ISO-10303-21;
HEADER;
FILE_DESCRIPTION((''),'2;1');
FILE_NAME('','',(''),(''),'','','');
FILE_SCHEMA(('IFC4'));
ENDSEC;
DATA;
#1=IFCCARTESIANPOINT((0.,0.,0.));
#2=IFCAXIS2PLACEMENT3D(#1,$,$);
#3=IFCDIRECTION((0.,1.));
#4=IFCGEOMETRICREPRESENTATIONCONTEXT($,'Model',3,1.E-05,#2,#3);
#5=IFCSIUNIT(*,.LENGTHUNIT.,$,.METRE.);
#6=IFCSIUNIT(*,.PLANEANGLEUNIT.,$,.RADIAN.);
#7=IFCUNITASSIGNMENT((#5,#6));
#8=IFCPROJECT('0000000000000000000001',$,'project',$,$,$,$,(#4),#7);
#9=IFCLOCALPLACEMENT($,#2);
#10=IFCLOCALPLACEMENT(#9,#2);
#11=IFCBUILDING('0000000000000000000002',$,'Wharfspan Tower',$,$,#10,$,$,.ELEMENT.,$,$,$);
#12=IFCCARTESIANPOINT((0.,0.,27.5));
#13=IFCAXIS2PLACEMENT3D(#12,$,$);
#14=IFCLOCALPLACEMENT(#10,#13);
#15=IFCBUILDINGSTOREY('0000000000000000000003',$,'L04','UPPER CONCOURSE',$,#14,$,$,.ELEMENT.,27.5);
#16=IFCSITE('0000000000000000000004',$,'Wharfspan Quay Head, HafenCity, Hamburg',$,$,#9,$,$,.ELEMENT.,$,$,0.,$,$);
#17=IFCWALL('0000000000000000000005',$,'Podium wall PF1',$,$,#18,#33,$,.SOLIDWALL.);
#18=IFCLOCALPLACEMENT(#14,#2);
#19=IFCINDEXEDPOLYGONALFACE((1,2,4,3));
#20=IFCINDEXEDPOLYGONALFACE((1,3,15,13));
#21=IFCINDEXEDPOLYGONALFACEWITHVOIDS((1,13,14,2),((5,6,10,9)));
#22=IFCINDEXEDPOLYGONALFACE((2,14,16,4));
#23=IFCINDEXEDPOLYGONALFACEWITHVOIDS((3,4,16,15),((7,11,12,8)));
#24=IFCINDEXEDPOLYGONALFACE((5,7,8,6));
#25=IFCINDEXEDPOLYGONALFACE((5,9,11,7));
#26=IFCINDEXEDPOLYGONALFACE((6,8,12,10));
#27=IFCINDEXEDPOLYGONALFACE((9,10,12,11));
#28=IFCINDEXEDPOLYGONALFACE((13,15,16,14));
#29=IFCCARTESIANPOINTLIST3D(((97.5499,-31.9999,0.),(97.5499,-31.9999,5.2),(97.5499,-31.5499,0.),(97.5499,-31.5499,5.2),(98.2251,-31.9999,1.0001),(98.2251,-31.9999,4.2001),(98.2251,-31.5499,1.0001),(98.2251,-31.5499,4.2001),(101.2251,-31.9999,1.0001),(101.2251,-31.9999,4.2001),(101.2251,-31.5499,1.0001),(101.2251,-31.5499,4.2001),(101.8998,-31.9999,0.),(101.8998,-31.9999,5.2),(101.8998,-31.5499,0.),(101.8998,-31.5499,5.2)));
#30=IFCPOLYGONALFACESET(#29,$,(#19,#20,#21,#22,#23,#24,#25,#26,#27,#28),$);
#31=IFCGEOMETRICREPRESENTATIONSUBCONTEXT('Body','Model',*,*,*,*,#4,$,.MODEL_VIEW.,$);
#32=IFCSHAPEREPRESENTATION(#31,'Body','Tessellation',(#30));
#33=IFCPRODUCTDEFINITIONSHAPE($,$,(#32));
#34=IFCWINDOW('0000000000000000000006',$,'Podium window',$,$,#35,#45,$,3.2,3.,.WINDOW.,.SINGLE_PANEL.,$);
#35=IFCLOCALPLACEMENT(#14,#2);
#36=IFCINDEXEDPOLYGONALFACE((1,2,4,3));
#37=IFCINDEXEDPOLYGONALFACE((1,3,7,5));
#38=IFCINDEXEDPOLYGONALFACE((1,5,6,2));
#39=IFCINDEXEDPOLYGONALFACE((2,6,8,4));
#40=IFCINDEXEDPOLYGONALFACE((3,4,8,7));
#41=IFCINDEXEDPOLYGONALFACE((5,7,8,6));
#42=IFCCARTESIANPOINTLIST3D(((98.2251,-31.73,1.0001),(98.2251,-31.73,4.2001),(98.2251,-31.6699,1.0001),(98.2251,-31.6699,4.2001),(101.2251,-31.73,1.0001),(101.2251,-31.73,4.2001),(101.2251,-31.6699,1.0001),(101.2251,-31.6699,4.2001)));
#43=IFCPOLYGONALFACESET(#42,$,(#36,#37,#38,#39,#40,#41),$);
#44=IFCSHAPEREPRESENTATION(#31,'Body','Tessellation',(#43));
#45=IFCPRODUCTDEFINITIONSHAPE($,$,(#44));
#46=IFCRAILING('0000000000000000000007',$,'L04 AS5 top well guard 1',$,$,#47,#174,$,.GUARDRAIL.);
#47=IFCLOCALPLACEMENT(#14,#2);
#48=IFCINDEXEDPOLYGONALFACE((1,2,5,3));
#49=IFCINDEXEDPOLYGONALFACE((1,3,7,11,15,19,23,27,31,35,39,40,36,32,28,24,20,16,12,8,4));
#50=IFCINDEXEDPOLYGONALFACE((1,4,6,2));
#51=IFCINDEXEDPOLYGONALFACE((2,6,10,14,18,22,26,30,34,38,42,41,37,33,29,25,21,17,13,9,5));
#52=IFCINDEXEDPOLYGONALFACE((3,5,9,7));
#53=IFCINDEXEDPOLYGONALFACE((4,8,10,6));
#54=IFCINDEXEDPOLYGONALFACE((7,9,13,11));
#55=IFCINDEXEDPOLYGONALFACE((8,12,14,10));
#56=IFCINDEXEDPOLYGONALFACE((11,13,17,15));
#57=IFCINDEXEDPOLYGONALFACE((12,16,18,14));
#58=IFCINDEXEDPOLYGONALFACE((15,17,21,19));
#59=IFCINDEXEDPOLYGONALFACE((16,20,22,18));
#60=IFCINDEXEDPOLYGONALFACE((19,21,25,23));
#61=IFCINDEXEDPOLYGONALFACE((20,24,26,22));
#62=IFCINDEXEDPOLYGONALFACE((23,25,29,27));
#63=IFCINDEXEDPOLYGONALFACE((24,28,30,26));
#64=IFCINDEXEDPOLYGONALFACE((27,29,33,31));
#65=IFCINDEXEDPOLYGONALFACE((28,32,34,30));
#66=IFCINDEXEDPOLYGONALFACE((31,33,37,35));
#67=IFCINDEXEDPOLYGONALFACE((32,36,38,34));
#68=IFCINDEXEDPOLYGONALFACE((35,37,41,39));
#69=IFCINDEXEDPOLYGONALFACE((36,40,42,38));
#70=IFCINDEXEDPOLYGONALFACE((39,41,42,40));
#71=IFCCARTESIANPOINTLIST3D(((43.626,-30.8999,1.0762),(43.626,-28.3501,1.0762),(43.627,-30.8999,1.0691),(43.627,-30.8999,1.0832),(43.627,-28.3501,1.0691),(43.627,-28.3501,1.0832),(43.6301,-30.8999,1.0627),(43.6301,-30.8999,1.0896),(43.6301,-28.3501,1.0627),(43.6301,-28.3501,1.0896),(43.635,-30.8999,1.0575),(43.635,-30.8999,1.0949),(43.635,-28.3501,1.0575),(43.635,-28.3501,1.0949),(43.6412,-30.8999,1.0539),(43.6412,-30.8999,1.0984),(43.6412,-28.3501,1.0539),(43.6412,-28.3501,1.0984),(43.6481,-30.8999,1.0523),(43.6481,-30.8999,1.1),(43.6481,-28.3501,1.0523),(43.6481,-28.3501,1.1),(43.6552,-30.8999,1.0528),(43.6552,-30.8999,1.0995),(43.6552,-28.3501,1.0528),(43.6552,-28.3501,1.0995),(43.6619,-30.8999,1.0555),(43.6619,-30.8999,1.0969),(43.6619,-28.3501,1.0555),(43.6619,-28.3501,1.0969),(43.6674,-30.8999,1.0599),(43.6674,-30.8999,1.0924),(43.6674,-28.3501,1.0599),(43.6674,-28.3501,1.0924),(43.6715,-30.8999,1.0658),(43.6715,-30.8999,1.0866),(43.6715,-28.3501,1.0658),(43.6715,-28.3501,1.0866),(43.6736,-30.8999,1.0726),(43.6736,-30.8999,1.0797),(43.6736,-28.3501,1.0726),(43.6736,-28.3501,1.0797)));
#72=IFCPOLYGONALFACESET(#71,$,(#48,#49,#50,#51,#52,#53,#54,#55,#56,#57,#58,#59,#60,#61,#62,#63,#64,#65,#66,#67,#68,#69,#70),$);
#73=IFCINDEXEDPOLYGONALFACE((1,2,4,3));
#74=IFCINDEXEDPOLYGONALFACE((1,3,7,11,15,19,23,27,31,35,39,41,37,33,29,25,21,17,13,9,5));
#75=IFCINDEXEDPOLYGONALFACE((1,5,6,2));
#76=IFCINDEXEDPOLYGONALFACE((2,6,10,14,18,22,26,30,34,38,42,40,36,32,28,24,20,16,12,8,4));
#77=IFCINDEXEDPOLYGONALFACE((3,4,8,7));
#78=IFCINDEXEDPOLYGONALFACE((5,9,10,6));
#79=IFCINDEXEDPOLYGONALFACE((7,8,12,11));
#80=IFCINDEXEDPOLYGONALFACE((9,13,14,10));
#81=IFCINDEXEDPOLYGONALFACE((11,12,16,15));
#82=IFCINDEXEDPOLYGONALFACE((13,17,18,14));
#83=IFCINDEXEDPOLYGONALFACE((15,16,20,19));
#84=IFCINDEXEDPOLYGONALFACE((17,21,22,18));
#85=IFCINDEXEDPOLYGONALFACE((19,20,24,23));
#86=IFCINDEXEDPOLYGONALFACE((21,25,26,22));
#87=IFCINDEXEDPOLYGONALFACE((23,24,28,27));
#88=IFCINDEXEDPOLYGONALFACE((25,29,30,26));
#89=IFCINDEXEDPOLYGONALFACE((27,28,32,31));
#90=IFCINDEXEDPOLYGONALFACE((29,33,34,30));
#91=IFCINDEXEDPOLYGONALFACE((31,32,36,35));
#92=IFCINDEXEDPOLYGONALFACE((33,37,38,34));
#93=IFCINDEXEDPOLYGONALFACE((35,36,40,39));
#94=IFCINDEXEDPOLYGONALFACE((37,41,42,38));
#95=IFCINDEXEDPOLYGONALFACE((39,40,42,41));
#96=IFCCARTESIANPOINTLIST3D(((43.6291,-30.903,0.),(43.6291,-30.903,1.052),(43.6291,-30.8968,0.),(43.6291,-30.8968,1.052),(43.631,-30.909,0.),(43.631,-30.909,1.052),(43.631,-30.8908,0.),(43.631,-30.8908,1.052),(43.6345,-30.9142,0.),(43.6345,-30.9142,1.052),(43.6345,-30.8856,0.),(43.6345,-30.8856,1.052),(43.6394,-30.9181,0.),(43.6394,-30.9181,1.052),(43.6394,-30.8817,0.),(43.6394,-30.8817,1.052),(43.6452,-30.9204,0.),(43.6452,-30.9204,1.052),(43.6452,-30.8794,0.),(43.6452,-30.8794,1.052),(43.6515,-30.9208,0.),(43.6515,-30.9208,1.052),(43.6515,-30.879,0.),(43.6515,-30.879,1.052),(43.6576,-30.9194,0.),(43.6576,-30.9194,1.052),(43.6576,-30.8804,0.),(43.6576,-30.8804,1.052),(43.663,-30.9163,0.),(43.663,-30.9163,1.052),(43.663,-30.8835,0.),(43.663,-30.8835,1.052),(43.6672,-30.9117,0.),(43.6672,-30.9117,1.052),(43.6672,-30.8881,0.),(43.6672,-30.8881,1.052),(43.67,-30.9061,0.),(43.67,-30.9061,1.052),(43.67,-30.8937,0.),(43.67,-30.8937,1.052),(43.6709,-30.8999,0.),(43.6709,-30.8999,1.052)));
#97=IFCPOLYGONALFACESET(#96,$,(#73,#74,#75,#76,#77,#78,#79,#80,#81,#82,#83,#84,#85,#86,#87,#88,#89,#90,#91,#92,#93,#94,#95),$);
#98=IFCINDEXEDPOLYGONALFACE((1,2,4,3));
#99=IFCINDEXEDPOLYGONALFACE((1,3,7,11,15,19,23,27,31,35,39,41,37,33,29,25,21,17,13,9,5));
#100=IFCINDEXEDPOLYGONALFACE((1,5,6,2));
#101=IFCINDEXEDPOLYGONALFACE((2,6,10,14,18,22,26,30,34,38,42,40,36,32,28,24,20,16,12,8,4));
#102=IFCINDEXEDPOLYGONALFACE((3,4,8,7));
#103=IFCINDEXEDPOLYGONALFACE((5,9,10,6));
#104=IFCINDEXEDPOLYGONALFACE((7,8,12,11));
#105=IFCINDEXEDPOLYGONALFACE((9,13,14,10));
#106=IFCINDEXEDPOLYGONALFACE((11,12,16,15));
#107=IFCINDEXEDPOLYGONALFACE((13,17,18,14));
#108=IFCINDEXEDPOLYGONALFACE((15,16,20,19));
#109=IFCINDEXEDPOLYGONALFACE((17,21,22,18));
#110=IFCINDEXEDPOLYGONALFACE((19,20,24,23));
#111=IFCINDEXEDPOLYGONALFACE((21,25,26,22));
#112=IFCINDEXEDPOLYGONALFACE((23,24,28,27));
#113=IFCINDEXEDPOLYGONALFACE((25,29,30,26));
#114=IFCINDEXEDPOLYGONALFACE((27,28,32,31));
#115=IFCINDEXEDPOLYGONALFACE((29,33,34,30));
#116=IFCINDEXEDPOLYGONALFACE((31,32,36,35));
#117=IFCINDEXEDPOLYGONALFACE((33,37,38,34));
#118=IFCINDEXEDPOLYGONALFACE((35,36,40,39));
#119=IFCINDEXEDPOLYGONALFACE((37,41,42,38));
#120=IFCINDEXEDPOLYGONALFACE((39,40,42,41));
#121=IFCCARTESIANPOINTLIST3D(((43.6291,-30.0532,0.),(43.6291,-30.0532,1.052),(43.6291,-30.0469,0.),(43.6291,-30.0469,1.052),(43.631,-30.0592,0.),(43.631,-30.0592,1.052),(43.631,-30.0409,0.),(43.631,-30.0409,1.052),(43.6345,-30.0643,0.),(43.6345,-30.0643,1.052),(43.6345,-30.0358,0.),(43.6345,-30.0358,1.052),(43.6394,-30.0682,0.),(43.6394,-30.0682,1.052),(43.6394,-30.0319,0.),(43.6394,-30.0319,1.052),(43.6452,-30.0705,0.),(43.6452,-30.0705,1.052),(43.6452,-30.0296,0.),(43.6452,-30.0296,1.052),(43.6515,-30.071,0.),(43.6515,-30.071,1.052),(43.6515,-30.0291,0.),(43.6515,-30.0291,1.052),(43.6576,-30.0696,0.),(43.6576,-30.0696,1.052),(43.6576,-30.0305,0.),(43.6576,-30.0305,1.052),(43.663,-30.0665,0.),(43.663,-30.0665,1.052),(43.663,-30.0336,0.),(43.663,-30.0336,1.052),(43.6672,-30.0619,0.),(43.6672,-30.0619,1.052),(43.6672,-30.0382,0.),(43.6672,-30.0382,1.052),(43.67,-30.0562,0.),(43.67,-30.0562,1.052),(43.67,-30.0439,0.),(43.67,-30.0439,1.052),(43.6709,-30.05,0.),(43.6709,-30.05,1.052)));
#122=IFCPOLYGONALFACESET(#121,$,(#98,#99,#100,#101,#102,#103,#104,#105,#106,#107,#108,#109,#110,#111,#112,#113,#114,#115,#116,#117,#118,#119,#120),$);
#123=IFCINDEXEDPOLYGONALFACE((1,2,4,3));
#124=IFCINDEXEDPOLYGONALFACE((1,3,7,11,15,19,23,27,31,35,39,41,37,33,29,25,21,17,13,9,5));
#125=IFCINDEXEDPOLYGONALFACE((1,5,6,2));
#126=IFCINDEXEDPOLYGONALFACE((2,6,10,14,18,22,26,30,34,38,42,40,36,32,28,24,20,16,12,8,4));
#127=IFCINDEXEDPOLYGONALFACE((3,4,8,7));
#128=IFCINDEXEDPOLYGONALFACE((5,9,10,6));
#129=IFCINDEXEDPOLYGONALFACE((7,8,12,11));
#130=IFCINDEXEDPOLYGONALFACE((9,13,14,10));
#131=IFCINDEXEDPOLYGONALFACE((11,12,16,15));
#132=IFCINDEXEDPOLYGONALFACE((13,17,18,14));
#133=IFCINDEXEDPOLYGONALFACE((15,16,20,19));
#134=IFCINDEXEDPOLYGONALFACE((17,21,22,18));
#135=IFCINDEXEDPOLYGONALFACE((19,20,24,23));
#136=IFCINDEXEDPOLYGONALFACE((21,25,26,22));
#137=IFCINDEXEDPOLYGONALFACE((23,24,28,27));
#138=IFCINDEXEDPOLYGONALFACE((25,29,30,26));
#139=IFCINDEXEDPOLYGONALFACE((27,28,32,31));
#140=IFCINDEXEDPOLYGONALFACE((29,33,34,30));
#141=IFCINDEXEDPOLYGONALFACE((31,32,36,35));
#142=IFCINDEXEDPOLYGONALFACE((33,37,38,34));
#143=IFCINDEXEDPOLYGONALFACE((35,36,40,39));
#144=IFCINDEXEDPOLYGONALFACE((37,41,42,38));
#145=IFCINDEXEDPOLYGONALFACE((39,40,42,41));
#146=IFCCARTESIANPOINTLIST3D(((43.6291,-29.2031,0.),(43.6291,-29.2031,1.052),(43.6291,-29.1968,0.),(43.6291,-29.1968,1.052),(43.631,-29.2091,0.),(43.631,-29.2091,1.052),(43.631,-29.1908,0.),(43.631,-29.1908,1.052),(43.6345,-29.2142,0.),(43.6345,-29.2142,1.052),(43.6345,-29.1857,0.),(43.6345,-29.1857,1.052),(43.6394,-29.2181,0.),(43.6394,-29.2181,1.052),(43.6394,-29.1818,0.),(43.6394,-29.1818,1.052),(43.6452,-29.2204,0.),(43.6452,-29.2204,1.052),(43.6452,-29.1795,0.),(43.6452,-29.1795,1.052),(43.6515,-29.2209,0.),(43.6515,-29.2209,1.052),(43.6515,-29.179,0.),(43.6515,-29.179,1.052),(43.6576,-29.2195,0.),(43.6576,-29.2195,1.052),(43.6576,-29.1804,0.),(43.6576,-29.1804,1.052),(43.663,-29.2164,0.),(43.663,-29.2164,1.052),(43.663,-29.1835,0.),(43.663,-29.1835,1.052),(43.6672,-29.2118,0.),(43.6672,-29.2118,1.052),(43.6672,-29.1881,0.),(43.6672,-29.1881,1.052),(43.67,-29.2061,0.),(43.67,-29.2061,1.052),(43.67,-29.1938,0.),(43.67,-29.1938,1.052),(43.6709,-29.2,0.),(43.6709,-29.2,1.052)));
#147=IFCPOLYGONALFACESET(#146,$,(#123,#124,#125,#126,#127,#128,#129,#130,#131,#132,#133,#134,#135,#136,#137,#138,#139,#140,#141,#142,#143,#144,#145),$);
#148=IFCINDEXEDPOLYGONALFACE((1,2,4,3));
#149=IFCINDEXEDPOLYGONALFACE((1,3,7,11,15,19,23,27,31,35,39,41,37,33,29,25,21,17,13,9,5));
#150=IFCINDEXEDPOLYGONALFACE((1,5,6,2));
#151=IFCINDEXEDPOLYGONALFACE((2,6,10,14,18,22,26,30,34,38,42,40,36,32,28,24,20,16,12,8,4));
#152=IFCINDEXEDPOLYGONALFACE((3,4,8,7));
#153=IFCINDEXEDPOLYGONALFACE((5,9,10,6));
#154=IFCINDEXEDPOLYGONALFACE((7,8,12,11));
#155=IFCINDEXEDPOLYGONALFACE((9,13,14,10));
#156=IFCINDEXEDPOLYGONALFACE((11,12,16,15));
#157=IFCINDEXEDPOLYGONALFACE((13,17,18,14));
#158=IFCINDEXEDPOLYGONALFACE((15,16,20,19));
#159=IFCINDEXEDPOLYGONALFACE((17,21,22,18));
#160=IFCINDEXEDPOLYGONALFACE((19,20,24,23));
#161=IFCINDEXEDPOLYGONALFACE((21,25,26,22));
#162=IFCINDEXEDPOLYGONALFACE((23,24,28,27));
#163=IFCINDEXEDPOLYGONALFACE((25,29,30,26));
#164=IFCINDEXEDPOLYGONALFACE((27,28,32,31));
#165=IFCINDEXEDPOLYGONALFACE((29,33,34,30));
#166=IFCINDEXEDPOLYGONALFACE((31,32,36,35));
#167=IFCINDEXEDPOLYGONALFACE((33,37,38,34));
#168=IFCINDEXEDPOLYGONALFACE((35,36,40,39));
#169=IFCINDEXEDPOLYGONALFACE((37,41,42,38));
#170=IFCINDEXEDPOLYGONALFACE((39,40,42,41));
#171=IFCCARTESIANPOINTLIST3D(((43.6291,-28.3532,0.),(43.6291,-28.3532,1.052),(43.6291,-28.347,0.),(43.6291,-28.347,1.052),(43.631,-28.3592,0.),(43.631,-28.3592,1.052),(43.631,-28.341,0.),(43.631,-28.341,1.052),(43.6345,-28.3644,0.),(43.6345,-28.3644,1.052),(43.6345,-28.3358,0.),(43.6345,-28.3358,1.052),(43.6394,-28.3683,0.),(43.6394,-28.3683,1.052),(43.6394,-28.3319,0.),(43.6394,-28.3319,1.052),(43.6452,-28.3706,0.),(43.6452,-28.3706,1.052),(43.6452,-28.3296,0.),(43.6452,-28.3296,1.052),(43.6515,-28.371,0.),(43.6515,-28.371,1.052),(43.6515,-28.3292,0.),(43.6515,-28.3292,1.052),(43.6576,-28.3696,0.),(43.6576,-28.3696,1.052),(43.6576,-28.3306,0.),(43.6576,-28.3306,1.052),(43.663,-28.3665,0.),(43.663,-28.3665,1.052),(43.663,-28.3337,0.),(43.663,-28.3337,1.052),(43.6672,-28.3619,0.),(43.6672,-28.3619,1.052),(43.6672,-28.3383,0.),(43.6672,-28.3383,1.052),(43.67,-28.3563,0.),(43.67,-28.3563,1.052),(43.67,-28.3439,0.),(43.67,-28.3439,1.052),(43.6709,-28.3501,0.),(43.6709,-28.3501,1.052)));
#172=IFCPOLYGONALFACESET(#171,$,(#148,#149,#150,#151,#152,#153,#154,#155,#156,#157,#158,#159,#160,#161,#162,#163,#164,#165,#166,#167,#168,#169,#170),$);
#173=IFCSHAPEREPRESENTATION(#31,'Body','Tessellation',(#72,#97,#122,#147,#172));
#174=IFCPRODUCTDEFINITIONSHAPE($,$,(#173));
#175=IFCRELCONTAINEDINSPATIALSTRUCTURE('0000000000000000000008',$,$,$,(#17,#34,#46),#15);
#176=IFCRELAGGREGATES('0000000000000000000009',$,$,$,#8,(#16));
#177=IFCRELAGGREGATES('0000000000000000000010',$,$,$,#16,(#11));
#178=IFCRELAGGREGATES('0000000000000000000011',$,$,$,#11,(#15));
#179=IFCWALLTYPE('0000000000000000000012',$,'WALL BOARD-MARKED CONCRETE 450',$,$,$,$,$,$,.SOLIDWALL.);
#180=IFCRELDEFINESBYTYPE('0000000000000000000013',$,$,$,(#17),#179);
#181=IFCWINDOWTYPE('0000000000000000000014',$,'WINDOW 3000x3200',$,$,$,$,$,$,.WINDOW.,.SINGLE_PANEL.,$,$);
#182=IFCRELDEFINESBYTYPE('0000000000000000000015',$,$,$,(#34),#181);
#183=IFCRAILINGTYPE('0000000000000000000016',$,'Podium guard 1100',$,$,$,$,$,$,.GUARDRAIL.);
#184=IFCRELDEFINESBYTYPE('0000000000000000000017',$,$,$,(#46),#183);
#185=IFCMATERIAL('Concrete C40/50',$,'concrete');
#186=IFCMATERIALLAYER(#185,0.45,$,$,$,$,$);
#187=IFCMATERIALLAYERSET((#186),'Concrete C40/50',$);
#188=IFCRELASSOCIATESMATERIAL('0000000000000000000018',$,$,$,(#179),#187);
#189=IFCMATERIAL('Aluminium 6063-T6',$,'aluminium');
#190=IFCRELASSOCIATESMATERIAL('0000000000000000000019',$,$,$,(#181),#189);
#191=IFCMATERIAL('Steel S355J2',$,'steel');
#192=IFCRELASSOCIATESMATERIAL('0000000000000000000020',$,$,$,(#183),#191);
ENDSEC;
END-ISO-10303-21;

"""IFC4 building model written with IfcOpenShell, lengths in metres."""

from ifc_helpers import new_model, si_unit, direction, frame, frame_2d, origin, origin_2d, place, context, subcontext, project, spatial, rectangle, circle, extrude, material, layer, layer_set, type_object, element, fill, save


model = new_model("IFC4")

# Units and contexts
model_context = context("Model", 3, precision=1e-05, world=origin(), true_north=direction((0.0, 1.0)))
body_context = subcontext(model_context, "Body", "Model", "MODEL_VIEW")
ifc_project = project(units=[si_unit("LENGTHUNIT", "METRE"), si_unit("PLANEANGLEUNIT", "RADIAN")], contexts=[model_context])

# Site, building, storey
site_placement = place(None, origin())
site = spatial("IfcSite", under=ifc_project, at=site_placement, Name="Wharfspan Quay Head, HafenCity, Hamburg", CompositionType="ELEMENT", RefElevation=0.0)
building_placement = place(site_placement, origin())
building = spatial("IfcBuilding", under=site, at=building_placement, Name="Wharfspan Tower", CompositionType="ELEMENT")
storey_placement = place(building_placement, frame((0.0, 0.0, 27.5)))
storey = spatial("IfcBuildingStorey", under=building, at=storey_placement, Name="L04", Description="UPPER CONCOURSE", CompositionType="ELEMENT", Elevation=27.5)

# Shared definitions
ifc_material_1 = material(Name="Concrete C40/50", Category="concrete")

# Wall, opening, window
ifc_layer_1 = layer(ifc_material_1, 0.45)
ifc_layer_set_1 = layer_set([ifc_layer_1], Name="Concrete C40/50")
wall_type_1 = type_object("IfcWallType", Name="WALL BOARD-MARKED CONCRETE 450", PredefinedType="SOLIDWALL", material=ifc_layer_set_1)
wall_1_placement = place(storey_placement, frame((97.55, -31.7749, 0.0), z_axis=(0.0, 0.0, 1.0), x_axis=(1.0, 0.0, 0.0)))
wall_1 = element("IfcWall", 1, at=wall_1_placement, inside=storey, type_object=wall_type_1, Name="Podium wall PF1", PredefinedType="SOLIDWALL", context=body_context, shape_type="SweptSolid", body=[
    extrude(rectangle(XDim=4.3499, YDim=0.45, at=frame_2d((2.1748, 0.0))), origin(), (0.0, 0.0, 1.0), 5.2),
])
opening_1_placement = place(wall_1_placement, frame((0.675, 0.0, 1.0)))
opening_1 = element("IfcOpeningElement", 2, at=opening_1_placement, cuts=wall_1, PredefinedType="OPENING", context=body_context, shape_type="SweptSolid", body=[
    extrude(rectangle(XDim=3.0, YDim=3.2, at=frame_2d((1.5, 1.6001))), frame((0.0, 0.2349, 0.0), z_axis=(0.0, -1.0, 0.0), x_axis=(1.0, 0.0, 0.0)), (0.0, 0.0, 1.0), 0.47),
])
ifc_material_2 = material(Name="Aluminium 6063-T6", Category="aluminium")
window_type = type_object("IfcWindowType", Name="WINDOW 3000x3200", PartitioningType="SINGLE_PANEL", PredefinedType="WINDOW", material=ifc_material_2)
window_placement = place(opening_1_placement, origin())
window = element("IfcWindow", 3, at=window_placement, inside=storey, type_object=window_type, Name="Podium window", OverallHeight=3.2, OverallWidth=3.0, PartitioningType="SINGLE_PANEL", PredefinedType="WINDOW", context=body_context, shape_type="SweptSolid", body=[
    extrude(rectangle(XDim=3.0, YDim=3.2, at=frame_2d((1.5, 1.6001))), frame((0.0, 0.105, 0.0), z_axis=(0.0, -1.0, 0.0), x_axis=(1.0, 0.0, 0.0)), (0.0, 0.0, 1.0), 0.0601),
])
fill(opening_1, window)

# Railing
ifc_material_3 = material(Name="Steel S355J2", Category="steel")
railing_type = type_object("IfcRailingType", Name="Podium guard 1100", PredefinedType="GUARDRAIL", material=ifc_material_3)
for number, where, name in (
    (4, (43.6499, -30.8999, 0.0), "L04 AS5 top well guard 1"),
):
    element("IfcRailing", number, at=place(storey_placement, frame(where)), inside=storey, type_object=railing_type, Name=name, PredefinedType="GUARDRAIL", context=body_context, shape_type="SweptSolid", body=[
        extrude(circle(Radius=0.0239, at=origin_2d()), frame((0.0, 0.0, 1.0762), z_axis=(0.0, 1.0, 0.0), x_axis=(-1.0, 0.0, 0.0)), (0.0, 0.0, 1.0), 2.5498),
        extrude(circle(Radius=0.021, at=origin_2d()), origin(), (0.0, 0.0, 1.0), 1.052),
        extrude(circle(Radius=0.021, at=origin_2d()), frame((0.0, 0.8499, 0.0)), (0.0, 0.0, 1.0), 1.052),
        extrude(circle(Radius=0.021, at=origin_2d()), frame((0.0, 1.7, 0.0)), (0.0, 0.0, 1.0), 1.052),
        extrude(circle(Radius=0.021, at=origin_2d()), frame((0.0, 2.5498, 0.0)), (0.0, 0.0, 1.0), 1.052),
    ])

save(model, "model.ifc")
